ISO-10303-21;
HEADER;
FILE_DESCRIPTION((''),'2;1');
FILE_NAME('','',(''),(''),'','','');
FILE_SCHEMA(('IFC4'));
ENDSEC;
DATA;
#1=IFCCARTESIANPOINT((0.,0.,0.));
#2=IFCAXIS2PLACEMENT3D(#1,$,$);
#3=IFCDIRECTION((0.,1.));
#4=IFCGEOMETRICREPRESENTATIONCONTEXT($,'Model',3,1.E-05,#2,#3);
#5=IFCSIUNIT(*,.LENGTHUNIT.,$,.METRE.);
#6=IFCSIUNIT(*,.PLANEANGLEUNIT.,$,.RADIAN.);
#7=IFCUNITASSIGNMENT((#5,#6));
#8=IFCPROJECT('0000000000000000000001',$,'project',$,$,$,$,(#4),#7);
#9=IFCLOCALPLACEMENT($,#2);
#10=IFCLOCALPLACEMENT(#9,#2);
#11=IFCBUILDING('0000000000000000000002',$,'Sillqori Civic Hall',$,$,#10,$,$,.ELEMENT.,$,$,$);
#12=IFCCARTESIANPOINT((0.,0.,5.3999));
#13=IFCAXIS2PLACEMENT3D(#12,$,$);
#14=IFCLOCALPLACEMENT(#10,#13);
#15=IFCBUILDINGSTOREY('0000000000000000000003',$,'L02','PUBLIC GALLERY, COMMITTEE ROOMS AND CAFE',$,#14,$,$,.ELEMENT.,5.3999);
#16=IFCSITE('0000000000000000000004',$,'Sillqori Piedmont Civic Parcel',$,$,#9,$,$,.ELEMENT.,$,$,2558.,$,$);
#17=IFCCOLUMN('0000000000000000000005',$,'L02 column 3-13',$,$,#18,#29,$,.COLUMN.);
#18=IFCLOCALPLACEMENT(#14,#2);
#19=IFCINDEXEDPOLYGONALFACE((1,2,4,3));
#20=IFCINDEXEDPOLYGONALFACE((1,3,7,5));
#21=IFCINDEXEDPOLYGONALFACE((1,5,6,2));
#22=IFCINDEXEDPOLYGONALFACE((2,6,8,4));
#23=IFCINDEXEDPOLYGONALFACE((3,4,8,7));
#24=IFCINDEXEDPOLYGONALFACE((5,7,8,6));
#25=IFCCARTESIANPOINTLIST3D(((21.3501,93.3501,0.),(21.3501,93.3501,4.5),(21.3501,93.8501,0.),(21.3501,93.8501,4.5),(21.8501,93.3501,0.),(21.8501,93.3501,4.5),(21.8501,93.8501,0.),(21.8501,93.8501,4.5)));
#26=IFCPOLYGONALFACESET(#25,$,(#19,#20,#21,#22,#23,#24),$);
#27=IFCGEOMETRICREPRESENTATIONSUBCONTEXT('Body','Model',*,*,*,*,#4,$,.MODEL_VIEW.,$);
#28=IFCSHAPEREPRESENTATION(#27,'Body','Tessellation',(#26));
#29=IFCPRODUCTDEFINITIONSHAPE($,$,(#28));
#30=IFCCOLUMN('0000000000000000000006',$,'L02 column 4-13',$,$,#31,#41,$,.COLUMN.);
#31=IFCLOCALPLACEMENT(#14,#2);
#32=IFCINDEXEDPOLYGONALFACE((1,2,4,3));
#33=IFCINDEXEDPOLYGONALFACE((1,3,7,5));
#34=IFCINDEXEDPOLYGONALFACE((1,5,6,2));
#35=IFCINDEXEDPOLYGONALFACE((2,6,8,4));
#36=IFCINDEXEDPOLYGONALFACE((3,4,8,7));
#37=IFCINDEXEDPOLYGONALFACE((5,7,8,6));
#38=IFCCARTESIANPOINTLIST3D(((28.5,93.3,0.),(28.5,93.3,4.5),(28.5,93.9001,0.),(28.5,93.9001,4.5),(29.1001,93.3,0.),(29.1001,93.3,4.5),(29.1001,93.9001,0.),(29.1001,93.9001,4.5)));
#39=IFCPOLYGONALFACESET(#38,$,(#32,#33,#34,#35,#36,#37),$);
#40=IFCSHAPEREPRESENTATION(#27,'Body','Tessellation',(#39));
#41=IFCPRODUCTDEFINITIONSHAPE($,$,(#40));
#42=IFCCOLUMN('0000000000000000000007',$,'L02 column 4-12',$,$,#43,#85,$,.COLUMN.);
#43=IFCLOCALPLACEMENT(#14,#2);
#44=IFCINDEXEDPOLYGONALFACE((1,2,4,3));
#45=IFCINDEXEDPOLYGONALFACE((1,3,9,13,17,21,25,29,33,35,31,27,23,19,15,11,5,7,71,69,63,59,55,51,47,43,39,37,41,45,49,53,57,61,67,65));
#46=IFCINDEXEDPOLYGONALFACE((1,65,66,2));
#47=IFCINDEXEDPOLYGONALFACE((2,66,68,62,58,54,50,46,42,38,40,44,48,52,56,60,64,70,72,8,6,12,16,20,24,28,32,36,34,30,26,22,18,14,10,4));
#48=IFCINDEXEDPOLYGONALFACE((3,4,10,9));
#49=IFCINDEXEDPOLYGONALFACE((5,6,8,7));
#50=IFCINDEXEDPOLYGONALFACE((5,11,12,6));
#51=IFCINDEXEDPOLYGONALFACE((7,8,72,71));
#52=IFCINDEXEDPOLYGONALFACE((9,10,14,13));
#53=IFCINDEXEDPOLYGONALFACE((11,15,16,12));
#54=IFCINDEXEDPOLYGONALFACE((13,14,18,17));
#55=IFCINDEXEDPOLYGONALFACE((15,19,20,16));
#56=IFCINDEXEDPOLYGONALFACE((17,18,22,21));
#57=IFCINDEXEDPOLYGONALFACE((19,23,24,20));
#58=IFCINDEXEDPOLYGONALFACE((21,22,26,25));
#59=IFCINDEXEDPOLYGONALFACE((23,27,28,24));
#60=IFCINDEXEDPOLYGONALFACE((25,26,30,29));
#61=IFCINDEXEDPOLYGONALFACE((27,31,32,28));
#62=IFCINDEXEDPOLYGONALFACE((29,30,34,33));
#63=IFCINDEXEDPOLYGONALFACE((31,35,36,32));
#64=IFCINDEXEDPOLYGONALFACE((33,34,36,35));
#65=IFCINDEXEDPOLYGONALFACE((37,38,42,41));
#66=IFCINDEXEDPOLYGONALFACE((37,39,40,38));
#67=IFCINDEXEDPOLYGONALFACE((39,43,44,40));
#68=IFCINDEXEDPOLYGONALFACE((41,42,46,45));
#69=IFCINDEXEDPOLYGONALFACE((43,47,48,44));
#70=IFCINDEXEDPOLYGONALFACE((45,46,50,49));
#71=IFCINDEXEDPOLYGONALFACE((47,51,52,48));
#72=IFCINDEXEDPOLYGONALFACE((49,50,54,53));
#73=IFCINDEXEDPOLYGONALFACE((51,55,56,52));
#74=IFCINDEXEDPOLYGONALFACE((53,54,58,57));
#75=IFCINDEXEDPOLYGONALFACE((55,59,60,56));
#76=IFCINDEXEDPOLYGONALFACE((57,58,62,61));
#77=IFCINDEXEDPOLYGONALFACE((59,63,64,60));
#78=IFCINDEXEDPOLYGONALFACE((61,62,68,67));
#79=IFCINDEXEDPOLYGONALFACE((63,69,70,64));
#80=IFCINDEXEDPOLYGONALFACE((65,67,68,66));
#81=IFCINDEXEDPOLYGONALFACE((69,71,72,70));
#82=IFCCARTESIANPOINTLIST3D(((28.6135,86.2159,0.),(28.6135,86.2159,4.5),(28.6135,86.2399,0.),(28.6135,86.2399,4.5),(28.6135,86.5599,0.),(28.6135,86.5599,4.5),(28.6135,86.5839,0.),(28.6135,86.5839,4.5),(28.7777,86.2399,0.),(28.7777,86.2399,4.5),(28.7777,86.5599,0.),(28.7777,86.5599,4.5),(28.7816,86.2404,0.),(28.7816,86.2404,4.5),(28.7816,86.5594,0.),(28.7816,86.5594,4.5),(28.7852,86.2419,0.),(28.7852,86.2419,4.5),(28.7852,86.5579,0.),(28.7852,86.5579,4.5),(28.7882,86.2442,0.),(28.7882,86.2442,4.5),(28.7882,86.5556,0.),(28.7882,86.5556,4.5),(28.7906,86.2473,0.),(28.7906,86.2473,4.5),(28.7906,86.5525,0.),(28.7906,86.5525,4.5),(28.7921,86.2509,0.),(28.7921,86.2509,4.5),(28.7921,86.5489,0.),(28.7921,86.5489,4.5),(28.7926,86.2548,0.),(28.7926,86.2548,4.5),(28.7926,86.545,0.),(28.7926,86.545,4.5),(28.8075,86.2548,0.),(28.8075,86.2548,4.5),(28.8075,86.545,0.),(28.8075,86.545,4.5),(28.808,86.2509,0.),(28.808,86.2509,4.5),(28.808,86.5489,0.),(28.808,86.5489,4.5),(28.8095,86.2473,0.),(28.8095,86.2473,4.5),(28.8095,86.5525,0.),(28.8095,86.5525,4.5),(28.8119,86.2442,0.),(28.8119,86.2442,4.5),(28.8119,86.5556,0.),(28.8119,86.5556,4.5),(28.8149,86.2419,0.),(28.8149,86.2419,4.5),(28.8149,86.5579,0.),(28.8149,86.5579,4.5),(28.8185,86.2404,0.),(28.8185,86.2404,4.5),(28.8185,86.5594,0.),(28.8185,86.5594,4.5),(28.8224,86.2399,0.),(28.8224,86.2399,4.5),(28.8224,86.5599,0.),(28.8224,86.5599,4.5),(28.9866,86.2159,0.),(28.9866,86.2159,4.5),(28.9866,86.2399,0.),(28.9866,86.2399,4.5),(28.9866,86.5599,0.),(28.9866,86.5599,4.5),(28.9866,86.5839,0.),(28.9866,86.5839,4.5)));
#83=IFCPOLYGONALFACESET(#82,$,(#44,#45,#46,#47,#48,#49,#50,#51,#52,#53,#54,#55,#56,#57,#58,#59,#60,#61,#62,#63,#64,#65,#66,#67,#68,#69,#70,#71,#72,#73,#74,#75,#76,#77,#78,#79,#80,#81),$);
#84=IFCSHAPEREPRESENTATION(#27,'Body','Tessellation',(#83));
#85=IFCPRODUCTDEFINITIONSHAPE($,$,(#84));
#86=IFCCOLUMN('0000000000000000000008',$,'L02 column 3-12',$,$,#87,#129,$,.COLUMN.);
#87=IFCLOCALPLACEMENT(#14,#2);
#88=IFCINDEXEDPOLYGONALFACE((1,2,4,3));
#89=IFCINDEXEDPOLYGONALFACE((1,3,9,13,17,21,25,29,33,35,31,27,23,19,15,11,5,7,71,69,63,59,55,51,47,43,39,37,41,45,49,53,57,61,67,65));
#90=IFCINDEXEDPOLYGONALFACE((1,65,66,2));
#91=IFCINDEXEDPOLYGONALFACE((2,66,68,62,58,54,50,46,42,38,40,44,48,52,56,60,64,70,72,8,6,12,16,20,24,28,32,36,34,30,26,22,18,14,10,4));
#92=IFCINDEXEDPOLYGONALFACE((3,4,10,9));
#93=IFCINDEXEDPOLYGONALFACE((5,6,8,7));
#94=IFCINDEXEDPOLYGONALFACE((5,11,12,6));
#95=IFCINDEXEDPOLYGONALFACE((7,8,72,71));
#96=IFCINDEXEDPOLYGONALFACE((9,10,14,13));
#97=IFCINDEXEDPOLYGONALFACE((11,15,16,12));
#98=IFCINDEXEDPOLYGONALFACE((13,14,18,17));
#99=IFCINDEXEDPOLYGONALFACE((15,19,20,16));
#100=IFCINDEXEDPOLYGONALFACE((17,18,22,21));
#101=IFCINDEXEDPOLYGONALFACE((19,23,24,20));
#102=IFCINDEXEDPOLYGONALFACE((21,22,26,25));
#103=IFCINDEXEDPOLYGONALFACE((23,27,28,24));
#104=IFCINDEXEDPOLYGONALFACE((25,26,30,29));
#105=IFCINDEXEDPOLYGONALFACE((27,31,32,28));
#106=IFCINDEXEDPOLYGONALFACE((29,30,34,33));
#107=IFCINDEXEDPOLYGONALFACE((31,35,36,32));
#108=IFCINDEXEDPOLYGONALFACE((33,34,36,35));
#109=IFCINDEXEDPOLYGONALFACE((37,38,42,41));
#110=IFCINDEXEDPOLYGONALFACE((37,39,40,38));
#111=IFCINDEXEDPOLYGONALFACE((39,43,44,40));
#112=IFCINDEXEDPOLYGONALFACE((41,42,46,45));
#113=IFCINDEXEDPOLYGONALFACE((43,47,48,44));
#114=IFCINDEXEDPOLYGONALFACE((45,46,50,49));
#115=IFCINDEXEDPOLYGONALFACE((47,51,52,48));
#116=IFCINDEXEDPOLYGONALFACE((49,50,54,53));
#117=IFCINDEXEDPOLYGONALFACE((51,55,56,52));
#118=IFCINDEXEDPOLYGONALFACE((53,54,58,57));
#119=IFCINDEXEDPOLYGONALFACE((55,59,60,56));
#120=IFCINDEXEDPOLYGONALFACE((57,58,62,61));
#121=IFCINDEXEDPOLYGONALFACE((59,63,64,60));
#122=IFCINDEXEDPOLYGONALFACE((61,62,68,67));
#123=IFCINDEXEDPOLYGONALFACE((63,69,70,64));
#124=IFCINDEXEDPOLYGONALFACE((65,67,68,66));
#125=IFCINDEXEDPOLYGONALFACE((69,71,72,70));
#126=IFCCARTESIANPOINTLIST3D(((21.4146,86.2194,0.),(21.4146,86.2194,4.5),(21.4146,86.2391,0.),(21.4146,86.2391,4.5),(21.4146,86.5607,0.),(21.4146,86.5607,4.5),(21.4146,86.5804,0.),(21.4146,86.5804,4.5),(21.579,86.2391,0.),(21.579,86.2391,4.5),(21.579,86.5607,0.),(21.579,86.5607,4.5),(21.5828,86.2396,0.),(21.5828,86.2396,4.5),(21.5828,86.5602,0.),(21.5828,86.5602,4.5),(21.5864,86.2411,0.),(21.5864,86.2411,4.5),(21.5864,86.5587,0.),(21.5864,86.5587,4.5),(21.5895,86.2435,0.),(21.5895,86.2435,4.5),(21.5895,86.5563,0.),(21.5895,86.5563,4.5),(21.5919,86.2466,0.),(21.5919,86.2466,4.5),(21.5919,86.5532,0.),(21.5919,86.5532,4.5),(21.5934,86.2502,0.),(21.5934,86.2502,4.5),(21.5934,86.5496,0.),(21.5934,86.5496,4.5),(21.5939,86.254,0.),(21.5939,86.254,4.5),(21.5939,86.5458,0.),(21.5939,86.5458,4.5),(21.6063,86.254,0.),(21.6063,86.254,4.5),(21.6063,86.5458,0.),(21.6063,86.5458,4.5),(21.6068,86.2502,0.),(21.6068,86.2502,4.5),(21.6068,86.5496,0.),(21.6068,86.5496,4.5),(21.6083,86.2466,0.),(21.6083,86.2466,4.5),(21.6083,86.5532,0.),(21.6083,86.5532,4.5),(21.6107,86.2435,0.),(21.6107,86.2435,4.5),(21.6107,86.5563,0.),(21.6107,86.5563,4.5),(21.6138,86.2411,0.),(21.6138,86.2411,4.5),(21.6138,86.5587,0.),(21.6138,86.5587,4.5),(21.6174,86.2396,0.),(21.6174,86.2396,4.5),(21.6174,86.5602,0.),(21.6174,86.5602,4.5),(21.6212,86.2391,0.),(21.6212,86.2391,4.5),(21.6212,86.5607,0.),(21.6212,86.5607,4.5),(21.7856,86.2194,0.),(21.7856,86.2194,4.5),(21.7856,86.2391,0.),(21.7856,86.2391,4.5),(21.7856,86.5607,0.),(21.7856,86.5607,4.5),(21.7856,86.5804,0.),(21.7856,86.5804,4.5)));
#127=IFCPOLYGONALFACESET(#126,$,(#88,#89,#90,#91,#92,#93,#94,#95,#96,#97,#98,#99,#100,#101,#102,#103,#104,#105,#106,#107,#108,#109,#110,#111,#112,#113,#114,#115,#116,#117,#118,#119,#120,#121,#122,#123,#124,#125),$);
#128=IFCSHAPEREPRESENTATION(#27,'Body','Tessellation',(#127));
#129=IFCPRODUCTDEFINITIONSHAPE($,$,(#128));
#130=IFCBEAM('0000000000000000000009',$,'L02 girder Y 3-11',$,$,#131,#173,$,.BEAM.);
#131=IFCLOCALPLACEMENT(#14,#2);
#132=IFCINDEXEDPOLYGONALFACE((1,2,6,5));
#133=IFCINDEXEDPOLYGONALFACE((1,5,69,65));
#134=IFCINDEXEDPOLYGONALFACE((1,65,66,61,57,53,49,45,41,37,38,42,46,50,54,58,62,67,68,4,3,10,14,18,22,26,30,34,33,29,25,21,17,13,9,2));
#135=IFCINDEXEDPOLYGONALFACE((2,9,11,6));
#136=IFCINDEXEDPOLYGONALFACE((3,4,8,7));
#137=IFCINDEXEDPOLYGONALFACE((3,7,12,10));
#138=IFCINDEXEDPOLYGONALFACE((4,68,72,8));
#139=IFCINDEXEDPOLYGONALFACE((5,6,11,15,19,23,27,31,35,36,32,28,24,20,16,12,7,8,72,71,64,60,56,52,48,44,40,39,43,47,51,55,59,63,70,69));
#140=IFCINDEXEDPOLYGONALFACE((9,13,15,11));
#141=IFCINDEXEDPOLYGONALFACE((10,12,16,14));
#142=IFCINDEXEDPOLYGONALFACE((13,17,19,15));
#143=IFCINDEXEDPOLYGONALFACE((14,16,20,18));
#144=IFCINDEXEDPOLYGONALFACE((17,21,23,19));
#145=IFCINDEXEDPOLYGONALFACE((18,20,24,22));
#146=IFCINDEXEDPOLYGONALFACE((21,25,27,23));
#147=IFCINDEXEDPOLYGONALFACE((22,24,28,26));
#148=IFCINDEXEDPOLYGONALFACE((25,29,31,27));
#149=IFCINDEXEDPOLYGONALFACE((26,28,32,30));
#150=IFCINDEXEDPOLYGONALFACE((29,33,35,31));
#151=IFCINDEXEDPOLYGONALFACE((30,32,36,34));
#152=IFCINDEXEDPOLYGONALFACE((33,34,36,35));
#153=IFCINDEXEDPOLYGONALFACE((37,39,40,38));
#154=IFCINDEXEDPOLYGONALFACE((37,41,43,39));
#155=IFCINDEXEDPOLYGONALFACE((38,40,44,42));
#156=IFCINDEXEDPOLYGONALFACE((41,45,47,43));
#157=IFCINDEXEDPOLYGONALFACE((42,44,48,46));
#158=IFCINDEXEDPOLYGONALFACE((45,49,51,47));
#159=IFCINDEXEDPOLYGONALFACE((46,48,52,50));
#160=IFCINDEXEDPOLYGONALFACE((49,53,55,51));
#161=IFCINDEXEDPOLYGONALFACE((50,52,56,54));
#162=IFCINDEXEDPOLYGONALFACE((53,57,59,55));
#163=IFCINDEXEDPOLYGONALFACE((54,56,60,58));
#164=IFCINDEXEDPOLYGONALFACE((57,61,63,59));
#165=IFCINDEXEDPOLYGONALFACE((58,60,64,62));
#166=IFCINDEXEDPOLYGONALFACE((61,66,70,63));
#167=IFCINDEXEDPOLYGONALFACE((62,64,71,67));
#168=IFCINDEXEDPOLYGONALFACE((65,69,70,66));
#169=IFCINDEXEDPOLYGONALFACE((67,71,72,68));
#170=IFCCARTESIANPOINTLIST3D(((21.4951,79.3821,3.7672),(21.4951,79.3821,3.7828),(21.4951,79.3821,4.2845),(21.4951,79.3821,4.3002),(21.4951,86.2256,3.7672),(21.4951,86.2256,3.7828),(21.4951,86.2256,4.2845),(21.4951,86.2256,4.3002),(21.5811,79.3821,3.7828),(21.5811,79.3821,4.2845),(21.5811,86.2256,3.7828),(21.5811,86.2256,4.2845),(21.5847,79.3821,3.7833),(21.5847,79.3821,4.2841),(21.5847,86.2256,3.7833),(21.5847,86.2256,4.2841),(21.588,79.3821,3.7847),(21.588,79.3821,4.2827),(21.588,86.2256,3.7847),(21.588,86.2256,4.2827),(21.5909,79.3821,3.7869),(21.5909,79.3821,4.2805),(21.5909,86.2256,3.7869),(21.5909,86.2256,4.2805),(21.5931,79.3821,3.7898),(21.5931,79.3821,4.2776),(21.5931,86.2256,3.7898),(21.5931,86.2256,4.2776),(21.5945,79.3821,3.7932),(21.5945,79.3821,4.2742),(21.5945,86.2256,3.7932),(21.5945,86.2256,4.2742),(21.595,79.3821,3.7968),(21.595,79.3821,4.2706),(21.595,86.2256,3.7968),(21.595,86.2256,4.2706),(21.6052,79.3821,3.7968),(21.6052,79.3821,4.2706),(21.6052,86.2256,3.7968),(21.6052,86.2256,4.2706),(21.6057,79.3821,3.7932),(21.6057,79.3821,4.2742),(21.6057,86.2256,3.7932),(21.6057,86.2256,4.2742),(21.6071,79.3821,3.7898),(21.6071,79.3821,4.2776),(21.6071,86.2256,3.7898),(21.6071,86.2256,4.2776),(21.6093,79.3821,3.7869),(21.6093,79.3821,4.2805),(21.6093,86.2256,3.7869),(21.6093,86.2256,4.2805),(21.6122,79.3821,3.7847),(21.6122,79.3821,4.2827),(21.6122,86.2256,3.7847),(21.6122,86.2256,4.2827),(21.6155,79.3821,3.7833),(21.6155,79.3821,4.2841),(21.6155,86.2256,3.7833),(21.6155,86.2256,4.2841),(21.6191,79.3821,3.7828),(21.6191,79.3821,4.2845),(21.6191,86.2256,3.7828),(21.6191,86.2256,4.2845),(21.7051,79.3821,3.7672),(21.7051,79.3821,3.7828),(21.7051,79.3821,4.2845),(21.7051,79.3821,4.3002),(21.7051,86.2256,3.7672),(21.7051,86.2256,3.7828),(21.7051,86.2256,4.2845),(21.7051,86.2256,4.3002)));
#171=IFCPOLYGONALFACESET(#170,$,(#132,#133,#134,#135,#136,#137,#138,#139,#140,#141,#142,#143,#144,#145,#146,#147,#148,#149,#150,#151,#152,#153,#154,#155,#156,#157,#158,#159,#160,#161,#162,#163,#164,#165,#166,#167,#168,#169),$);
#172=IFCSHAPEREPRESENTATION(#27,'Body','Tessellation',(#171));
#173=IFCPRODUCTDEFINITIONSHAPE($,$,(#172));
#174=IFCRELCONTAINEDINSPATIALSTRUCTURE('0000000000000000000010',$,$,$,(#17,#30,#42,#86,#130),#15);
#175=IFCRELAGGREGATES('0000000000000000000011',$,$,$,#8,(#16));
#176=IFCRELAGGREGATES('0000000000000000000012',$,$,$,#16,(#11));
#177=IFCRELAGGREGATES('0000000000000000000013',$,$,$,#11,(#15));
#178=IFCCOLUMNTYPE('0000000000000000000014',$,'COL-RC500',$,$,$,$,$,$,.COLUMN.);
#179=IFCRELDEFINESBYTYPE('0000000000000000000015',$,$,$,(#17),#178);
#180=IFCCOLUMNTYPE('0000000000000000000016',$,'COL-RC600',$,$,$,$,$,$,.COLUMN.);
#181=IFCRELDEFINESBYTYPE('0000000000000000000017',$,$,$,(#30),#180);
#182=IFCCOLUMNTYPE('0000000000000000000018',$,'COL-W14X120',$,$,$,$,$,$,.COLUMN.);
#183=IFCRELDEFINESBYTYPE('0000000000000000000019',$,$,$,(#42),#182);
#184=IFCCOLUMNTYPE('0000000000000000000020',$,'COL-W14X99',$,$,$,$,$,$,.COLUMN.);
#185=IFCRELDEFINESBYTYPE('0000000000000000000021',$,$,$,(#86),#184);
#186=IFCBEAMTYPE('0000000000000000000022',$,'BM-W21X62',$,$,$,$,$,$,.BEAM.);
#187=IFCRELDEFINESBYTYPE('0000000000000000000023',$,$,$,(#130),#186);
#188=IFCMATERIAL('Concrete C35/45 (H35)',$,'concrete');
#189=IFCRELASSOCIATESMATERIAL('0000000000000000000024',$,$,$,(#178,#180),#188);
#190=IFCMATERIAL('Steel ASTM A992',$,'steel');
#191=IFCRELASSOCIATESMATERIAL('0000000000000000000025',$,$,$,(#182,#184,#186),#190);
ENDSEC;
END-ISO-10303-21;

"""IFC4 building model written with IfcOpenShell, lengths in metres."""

from ifc_helpers import new_model, si_unit, direction, frame, origin, origin_2d, place, context, subcontext, project, spatial, rectangle, i_section, extrude, material, material_profile, profile_set, type_object, element, save


model = new_model("IFC4")

# Units and contexts
model_context = context("Model", 3, precision=1e-05, world=origin(), true_north=direction((0.0, 1.0)))
body_context = subcontext(model_context, "Body", "Model", "MODEL_VIEW")
ifc_project = project(units=[si_unit("LENGTHUNIT", "METRE"), si_unit("PLANEANGLEUNIT", "RADIAN")], contexts=[model_context])

# Site, building, storey
site_placement = place(None, origin())
site = spatial("IfcSite", under=ifc_project, at=site_placement, Name="Sillqori Piedmont Civic Parcel", CompositionType="ELEMENT", RefElevation=2558.0)
building_placement = place(site_placement, origin())
building = spatial("IfcBuilding", under=site, at=building_placement, Name="Sillqori Civic Hall", CompositionType="ELEMENT")
storey_placement = place(building_placement, frame((0.0, 0.0, 5.3999)))
storey = spatial("IfcBuildingStorey", under=building, at=storey_placement, Name="L02", Description="PUBLIC GALLERY, COMMITTEE ROOMS AND CAFE", CompositionType="ELEMENT", Elevation=5.3999)

# Columns
ifc_material_1 = material(Name="Concrete C35/45 (H35)", Category="concrete")
ifc_material_profile_1 = material_profile(ifc_material_1, rectangle(XDim=0.5, YDim=0.5, at=origin_2d()), Name="RC 500x500")
ifc_profile_set_1 = profile_set([ifc_material_profile_1], Name="Concrete C35/45 (H35)")
column_type_1 = type_object("IfcColumnType", Name="COL-RC500", PredefinedType="COLUMN", material=ifc_profile_set_1)
column_1_placement = place(storey_placement, frame((21.6001, 93.6001, 0.0), z_axis=(0.0, 0.0, 1.0), x_axis=(1.0, 0.0, 0.0)))
element("IfcColumn", 1, at=column_1_placement, inside=storey, type_object=column_type_1, Name="L02 column 3-13", PredefinedType="COLUMN", context=body_context, shape_type="SweptSolid", body=[
    extrude(rectangle(XDim=0.5, YDim=0.5, at=origin_2d()), origin(), (0.0, 0.0, 1.0), 4.5),
])
ifc_material_profile_2 = material_profile(ifc_material_1, rectangle(XDim=0.6001, YDim=0.6001, at=origin_2d()), Name="RC 600x600")
ifc_profile_set_2 = profile_set([ifc_material_profile_2], Name="Concrete C35/45 (H35)")
column_type_2 = type_object("IfcColumnType", Name="COL-RC600", PredefinedType="COLUMN", material=ifc_profile_set_2)
column_2_placement = place(storey_placement, frame((28.8, 93.6001, 0.0), z_axis=(0.0, 0.0, 1.0), x_axis=(1.0, 0.0, 0.0)))
element("IfcColumn", 2, at=column_2_placement, inside=storey, type_object=column_type_2, Name="L02 column 4-13", PredefinedType="COLUMN", context=body_context, shape_type="SweptSolid", body=[
    extrude(rectangle(XDim=0.6001, YDim=0.6001, at=origin_2d()), origin(), (0.0, 0.0, 1.0), 4.5),
])
ifc_material_2 = material(Name="Steel ASTM A992", Category="steel")
ifc_material_profile_3 = material_profile(ifc_material_2, i_section(OverallWidth=0.373, OverallDepth=0.3679, WebThickness=0.0149, FlangeThickness=0.0239, FilletRadius=0.0149, at=origin_2d()), Name="W14X120")
ifc_profile_set_3 = profile_set([ifc_material_profile_3], Name="Steel ASTM A992")
column_type_3 = type_object("IfcColumnType", Name="COL-W14X120", PredefinedType="COLUMN", material=ifc_profile_set_3)
column_3_placement = place(storey_placement, frame((28.8, 86.3999, 0.0), z_axis=(0.0, 0.0, 1.0), x_axis=(1.0, 0.0, 0.0)))
element("IfcColumn", 3, at=column_3_placement, inside=storey, type_object=column_type_3, Name="L02 column 4-12", PredefinedType="COLUMN", context=body_context, shape_type="SweptSolid", body=[
    extrude(i_section(OverallWidth=0.373, OverallDepth=0.3679, WebThickness=0.0149, FlangeThickness=0.0239, FilletRadius=0.0149, at=origin_2d()), origin(), (0.0, 0.0, 1.0), 4.5),
])
ifc_material_profile_4 = material_profile(ifc_material_2, i_section(OverallWidth=0.3711, OverallDepth=0.3611, WebThickness=0.0125, FlangeThickness=0.0198, FilletRadius=0.0149, at=origin_2d()), Name="W14X99")
ifc_profile_set_4 = profile_set([ifc_material_profile_4], Name="Steel ASTM A992")
column_type_4 = type_object("IfcColumnType", Name="COL-W14X99", PredefinedType="COLUMN", material=ifc_profile_set_4)
column_4_placement = place(storey_placement, frame((21.6001, 86.3999, 0.0), z_axis=(0.0, 0.0, 1.0), x_axis=(1.0, 0.0, 0.0)))
element("IfcColumn", 4, at=column_4_placement, inside=storey, type_object=column_type_4, Name="L02 column 3-12", PredefinedType="COLUMN", context=body_context, shape_type="SweptSolid", body=[
    extrude(i_section(OverallWidth=0.3711, OverallDepth=0.3611, WebThickness=0.0125, FlangeThickness=0.0198, FilletRadius=0.0149, at=origin_2d()), origin(), (0.0, 0.0, 1.0), 4.5),
])

# Beam
ifc_material_profile_5 = material_profile(ifc_material_2, i_section(OverallWidth=0.21, OverallDepth=0.533, WebThickness=0.0103, FlangeThickness=0.0156, FilletRadius=0.0139, at=origin_2d()), Name="W21X62")
ifc_profile_set_5 = profile_set([ifc_material_profile_5], Name="Steel ASTM A992")
beam_type_1 = type_object("IfcBeamType", Name="BM-W21X62", PredefinedType="BEAM", material=ifc_profile_set_5)
beam_1_placement = place(storey_placement, frame((21.6001, 79.3821, 4.0337), z_axis=(0.0, 1.0, 0.0), x_axis=(-1.0, 0.0, 0.0)))
element("IfcBeam", 5, at=beam_1_placement, inside=storey, type_object=beam_type_1, Name="L02 girder Y 3-11", PredefinedType="BEAM", context=body_context, shape_type="SweptSolid", body=[
    extrude(i_section(OverallWidth=0.21, OverallDepth=0.533, WebThickness=0.0103, FlangeThickness=0.0156, FilletRadius=0.0139, at=origin_2d()), origin(), (0.0, 0.0, 1.0), 6.8435),
])

save(model, "model.ifc")
